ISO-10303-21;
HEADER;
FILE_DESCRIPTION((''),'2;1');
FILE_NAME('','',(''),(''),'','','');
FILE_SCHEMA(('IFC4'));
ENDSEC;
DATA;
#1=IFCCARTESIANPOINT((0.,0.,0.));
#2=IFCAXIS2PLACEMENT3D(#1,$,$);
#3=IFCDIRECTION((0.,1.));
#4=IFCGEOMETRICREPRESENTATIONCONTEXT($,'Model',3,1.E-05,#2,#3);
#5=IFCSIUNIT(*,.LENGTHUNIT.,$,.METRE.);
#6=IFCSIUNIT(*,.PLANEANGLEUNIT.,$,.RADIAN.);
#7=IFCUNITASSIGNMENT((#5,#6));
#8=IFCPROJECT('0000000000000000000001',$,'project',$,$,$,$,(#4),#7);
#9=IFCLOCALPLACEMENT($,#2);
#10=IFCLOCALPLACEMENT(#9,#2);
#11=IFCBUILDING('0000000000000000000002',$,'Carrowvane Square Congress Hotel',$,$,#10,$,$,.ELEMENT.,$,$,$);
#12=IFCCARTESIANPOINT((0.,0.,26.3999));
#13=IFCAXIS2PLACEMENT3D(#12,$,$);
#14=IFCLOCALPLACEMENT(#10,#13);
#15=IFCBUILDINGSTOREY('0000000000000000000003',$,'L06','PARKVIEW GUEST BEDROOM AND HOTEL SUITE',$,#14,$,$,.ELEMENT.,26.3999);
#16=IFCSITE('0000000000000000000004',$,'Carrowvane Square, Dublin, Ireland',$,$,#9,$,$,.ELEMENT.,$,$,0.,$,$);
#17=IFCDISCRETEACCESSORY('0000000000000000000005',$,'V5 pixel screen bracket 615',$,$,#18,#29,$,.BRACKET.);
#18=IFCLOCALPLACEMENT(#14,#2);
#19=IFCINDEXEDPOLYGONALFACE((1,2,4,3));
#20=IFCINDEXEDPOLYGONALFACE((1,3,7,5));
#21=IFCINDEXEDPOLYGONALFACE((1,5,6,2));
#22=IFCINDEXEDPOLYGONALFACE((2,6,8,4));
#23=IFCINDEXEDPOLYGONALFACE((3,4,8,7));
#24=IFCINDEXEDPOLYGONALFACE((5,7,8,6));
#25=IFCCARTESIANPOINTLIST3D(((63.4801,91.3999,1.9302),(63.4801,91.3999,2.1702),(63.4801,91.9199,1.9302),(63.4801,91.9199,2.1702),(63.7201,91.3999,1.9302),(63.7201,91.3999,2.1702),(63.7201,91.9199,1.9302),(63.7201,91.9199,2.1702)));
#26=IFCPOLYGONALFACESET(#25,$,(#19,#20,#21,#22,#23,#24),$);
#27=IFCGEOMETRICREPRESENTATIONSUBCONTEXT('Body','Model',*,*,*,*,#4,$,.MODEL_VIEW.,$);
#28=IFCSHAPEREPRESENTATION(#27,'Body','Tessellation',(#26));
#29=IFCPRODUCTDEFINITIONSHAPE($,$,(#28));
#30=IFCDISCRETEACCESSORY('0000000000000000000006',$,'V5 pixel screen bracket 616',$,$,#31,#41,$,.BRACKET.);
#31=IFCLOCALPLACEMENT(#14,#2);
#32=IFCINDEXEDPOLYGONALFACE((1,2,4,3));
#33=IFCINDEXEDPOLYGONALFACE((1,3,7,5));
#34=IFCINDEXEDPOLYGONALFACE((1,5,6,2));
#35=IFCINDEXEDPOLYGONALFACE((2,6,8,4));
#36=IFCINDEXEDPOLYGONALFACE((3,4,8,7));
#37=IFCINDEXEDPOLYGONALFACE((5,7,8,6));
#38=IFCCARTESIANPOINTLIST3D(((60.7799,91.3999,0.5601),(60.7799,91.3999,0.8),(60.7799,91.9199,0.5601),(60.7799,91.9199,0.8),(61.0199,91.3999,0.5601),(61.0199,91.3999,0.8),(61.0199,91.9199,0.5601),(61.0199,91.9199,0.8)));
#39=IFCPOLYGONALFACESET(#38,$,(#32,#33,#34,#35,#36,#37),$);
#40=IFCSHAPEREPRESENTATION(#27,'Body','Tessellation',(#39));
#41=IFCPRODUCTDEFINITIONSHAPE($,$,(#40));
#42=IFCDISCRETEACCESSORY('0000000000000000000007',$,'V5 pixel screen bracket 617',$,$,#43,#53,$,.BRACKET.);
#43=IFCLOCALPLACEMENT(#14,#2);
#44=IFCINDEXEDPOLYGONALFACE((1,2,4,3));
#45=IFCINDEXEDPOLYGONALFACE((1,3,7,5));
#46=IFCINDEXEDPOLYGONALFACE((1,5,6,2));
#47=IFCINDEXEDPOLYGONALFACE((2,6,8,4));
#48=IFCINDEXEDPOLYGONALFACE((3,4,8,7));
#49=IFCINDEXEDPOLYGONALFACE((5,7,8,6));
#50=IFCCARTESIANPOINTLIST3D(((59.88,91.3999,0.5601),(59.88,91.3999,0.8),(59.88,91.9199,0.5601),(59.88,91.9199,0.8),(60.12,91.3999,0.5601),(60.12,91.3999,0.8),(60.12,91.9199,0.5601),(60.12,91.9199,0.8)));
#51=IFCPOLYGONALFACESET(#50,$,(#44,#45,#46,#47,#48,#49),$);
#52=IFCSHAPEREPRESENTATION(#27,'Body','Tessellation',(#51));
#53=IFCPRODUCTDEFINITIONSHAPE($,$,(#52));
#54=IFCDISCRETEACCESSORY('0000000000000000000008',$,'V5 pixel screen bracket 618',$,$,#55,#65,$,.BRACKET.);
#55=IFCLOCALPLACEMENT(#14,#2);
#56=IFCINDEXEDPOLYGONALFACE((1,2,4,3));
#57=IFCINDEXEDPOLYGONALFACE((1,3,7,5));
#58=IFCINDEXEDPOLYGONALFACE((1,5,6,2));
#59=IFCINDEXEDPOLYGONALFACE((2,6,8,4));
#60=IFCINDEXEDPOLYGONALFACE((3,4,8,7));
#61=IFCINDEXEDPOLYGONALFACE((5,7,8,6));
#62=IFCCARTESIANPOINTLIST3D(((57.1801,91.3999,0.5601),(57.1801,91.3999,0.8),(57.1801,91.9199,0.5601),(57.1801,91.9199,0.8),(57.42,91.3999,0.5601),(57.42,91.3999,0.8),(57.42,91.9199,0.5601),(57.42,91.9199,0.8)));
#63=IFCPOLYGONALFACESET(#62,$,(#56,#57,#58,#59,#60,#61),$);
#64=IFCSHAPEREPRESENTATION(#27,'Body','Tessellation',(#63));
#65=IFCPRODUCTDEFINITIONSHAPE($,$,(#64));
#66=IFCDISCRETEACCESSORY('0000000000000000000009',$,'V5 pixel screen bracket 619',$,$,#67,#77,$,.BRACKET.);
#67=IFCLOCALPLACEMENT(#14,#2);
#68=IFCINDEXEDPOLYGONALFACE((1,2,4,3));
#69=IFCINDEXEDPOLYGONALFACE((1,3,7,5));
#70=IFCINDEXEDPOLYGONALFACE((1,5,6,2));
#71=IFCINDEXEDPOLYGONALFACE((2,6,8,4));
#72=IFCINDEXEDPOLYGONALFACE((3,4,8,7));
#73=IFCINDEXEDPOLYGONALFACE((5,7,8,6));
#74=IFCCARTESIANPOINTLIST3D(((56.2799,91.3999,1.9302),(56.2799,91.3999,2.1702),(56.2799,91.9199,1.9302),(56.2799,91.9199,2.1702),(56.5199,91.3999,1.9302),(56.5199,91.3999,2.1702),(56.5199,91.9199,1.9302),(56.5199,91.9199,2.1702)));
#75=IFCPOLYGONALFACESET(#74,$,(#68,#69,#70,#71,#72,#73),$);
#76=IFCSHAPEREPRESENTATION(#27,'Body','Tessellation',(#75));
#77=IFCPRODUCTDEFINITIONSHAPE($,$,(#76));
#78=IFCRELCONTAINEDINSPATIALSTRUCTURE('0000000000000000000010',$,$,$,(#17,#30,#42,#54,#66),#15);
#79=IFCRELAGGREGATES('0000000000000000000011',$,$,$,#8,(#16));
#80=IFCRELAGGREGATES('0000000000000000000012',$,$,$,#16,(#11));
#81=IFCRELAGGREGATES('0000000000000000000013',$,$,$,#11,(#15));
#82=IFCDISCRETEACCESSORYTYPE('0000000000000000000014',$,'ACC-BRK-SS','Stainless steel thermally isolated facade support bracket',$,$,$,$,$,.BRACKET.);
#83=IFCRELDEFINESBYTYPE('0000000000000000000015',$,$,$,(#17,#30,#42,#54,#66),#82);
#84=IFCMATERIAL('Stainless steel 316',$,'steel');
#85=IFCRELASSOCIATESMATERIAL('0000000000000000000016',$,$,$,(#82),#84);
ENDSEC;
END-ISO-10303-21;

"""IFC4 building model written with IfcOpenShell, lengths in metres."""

from ifc_helpers import new_model, si_unit, direction, frame, origin, origin_2d, place, context, subcontext, project, spatial, rectangle, extrude, material, type_object, element, save


model = new_model("IFC4")

# Units and contexts
model_context = context("Model", 3, precision=1e-05, world=origin(), true_north=direction((0.0, 1.0)))
body_context = subcontext(model_context, "Body", "Model", "MODEL_VIEW")
ifc_project = project(units=[si_unit("LENGTHUNIT", "METRE"), si_unit("PLANEANGLEUNIT", "RADIAN")], contexts=[model_context])

# Site, building, storey
site_placement = place(None, origin())
site = spatial("IfcSite", under=ifc_project, at=site_placement, Name="Carrowvane Square, Dublin, Ireland", CompositionType="ELEMENT", RefElevation=0.0)
building_placement = place(site_placement, origin())
building = spatial("IfcBuilding", under=site, at=building_placement, Name="Carrowvane Square Congress Hotel", CompositionType="ELEMENT")
storey_placement = place(building_placement, frame((0.0, 0.0, 26.3999)))
storey = spatial("IfcBuildingStorey", under=building, at=storey_placement, Name="L06", Description="PARKVIEW GUEST BEDROOM AND HOTEL SUITE", CompositionType="ELEMENT", Elevation=26.3999)

# Discrete accessories
ifc_material_1 = material(Name="Stainless steel 316", Category="steel")
discrete_accessory_type = type_object("IfcDiscreteAccessoryType", Name="ACC-BRK-SS", Description="Stainless steel thermally isolated facade support bracket", PredefinedType="BRACKET", material=ifc_material_1)
for number, where, z_axis, x_axis, name in (
    (1, (63.6001, 91.6599, 1.9302), (0.0, 0.0, 1.0), (-1.0, 0.0, 0.0), "V5 pixel screen bracket 615"),
    (2, (60.8999, 91.6599, 0.5601), (0.0, 0.0, 1.0), (-1.0, 0.0, 0.0), "V5 pixel screen bracket 616"),
    (3, (60.0, 91.6599, 0.5601), (0.0, 0.0, 1.0), (-1.0, 0.0, 0.0), "V5 pixel screen bracket 617"),
    (4, (57.3, 91.6599, 0.5601), (0.0, 0.0, 1.0), (-1.0, 0.0, 0.0), "V5 pixel screen bracket 618"),
    (5, (56.3999, 91.6599, 1.9302), (0.0, 0.0, 1.0), (-1.0, 0.0, 0.0), "V5 pixel screen bracket 619"),
):
    element("IfcDiscreteAccessory", number, at=place(storey_placement, frame(where, z_axis=z_axis, x_axis=x_axis)), inside=storey, type_object=discrete_accessory_type, Name=name, PredefinedType="BRACKET", context=body_context, shape_type="SweptSolid", body=[
        extrude(rectangle(XDim=0.24, YDim=0.52, at=origin_2d()), origin(), (0.0, 0.0, 1.0), 0.24),
    ])

save(model, "model.ifc")
